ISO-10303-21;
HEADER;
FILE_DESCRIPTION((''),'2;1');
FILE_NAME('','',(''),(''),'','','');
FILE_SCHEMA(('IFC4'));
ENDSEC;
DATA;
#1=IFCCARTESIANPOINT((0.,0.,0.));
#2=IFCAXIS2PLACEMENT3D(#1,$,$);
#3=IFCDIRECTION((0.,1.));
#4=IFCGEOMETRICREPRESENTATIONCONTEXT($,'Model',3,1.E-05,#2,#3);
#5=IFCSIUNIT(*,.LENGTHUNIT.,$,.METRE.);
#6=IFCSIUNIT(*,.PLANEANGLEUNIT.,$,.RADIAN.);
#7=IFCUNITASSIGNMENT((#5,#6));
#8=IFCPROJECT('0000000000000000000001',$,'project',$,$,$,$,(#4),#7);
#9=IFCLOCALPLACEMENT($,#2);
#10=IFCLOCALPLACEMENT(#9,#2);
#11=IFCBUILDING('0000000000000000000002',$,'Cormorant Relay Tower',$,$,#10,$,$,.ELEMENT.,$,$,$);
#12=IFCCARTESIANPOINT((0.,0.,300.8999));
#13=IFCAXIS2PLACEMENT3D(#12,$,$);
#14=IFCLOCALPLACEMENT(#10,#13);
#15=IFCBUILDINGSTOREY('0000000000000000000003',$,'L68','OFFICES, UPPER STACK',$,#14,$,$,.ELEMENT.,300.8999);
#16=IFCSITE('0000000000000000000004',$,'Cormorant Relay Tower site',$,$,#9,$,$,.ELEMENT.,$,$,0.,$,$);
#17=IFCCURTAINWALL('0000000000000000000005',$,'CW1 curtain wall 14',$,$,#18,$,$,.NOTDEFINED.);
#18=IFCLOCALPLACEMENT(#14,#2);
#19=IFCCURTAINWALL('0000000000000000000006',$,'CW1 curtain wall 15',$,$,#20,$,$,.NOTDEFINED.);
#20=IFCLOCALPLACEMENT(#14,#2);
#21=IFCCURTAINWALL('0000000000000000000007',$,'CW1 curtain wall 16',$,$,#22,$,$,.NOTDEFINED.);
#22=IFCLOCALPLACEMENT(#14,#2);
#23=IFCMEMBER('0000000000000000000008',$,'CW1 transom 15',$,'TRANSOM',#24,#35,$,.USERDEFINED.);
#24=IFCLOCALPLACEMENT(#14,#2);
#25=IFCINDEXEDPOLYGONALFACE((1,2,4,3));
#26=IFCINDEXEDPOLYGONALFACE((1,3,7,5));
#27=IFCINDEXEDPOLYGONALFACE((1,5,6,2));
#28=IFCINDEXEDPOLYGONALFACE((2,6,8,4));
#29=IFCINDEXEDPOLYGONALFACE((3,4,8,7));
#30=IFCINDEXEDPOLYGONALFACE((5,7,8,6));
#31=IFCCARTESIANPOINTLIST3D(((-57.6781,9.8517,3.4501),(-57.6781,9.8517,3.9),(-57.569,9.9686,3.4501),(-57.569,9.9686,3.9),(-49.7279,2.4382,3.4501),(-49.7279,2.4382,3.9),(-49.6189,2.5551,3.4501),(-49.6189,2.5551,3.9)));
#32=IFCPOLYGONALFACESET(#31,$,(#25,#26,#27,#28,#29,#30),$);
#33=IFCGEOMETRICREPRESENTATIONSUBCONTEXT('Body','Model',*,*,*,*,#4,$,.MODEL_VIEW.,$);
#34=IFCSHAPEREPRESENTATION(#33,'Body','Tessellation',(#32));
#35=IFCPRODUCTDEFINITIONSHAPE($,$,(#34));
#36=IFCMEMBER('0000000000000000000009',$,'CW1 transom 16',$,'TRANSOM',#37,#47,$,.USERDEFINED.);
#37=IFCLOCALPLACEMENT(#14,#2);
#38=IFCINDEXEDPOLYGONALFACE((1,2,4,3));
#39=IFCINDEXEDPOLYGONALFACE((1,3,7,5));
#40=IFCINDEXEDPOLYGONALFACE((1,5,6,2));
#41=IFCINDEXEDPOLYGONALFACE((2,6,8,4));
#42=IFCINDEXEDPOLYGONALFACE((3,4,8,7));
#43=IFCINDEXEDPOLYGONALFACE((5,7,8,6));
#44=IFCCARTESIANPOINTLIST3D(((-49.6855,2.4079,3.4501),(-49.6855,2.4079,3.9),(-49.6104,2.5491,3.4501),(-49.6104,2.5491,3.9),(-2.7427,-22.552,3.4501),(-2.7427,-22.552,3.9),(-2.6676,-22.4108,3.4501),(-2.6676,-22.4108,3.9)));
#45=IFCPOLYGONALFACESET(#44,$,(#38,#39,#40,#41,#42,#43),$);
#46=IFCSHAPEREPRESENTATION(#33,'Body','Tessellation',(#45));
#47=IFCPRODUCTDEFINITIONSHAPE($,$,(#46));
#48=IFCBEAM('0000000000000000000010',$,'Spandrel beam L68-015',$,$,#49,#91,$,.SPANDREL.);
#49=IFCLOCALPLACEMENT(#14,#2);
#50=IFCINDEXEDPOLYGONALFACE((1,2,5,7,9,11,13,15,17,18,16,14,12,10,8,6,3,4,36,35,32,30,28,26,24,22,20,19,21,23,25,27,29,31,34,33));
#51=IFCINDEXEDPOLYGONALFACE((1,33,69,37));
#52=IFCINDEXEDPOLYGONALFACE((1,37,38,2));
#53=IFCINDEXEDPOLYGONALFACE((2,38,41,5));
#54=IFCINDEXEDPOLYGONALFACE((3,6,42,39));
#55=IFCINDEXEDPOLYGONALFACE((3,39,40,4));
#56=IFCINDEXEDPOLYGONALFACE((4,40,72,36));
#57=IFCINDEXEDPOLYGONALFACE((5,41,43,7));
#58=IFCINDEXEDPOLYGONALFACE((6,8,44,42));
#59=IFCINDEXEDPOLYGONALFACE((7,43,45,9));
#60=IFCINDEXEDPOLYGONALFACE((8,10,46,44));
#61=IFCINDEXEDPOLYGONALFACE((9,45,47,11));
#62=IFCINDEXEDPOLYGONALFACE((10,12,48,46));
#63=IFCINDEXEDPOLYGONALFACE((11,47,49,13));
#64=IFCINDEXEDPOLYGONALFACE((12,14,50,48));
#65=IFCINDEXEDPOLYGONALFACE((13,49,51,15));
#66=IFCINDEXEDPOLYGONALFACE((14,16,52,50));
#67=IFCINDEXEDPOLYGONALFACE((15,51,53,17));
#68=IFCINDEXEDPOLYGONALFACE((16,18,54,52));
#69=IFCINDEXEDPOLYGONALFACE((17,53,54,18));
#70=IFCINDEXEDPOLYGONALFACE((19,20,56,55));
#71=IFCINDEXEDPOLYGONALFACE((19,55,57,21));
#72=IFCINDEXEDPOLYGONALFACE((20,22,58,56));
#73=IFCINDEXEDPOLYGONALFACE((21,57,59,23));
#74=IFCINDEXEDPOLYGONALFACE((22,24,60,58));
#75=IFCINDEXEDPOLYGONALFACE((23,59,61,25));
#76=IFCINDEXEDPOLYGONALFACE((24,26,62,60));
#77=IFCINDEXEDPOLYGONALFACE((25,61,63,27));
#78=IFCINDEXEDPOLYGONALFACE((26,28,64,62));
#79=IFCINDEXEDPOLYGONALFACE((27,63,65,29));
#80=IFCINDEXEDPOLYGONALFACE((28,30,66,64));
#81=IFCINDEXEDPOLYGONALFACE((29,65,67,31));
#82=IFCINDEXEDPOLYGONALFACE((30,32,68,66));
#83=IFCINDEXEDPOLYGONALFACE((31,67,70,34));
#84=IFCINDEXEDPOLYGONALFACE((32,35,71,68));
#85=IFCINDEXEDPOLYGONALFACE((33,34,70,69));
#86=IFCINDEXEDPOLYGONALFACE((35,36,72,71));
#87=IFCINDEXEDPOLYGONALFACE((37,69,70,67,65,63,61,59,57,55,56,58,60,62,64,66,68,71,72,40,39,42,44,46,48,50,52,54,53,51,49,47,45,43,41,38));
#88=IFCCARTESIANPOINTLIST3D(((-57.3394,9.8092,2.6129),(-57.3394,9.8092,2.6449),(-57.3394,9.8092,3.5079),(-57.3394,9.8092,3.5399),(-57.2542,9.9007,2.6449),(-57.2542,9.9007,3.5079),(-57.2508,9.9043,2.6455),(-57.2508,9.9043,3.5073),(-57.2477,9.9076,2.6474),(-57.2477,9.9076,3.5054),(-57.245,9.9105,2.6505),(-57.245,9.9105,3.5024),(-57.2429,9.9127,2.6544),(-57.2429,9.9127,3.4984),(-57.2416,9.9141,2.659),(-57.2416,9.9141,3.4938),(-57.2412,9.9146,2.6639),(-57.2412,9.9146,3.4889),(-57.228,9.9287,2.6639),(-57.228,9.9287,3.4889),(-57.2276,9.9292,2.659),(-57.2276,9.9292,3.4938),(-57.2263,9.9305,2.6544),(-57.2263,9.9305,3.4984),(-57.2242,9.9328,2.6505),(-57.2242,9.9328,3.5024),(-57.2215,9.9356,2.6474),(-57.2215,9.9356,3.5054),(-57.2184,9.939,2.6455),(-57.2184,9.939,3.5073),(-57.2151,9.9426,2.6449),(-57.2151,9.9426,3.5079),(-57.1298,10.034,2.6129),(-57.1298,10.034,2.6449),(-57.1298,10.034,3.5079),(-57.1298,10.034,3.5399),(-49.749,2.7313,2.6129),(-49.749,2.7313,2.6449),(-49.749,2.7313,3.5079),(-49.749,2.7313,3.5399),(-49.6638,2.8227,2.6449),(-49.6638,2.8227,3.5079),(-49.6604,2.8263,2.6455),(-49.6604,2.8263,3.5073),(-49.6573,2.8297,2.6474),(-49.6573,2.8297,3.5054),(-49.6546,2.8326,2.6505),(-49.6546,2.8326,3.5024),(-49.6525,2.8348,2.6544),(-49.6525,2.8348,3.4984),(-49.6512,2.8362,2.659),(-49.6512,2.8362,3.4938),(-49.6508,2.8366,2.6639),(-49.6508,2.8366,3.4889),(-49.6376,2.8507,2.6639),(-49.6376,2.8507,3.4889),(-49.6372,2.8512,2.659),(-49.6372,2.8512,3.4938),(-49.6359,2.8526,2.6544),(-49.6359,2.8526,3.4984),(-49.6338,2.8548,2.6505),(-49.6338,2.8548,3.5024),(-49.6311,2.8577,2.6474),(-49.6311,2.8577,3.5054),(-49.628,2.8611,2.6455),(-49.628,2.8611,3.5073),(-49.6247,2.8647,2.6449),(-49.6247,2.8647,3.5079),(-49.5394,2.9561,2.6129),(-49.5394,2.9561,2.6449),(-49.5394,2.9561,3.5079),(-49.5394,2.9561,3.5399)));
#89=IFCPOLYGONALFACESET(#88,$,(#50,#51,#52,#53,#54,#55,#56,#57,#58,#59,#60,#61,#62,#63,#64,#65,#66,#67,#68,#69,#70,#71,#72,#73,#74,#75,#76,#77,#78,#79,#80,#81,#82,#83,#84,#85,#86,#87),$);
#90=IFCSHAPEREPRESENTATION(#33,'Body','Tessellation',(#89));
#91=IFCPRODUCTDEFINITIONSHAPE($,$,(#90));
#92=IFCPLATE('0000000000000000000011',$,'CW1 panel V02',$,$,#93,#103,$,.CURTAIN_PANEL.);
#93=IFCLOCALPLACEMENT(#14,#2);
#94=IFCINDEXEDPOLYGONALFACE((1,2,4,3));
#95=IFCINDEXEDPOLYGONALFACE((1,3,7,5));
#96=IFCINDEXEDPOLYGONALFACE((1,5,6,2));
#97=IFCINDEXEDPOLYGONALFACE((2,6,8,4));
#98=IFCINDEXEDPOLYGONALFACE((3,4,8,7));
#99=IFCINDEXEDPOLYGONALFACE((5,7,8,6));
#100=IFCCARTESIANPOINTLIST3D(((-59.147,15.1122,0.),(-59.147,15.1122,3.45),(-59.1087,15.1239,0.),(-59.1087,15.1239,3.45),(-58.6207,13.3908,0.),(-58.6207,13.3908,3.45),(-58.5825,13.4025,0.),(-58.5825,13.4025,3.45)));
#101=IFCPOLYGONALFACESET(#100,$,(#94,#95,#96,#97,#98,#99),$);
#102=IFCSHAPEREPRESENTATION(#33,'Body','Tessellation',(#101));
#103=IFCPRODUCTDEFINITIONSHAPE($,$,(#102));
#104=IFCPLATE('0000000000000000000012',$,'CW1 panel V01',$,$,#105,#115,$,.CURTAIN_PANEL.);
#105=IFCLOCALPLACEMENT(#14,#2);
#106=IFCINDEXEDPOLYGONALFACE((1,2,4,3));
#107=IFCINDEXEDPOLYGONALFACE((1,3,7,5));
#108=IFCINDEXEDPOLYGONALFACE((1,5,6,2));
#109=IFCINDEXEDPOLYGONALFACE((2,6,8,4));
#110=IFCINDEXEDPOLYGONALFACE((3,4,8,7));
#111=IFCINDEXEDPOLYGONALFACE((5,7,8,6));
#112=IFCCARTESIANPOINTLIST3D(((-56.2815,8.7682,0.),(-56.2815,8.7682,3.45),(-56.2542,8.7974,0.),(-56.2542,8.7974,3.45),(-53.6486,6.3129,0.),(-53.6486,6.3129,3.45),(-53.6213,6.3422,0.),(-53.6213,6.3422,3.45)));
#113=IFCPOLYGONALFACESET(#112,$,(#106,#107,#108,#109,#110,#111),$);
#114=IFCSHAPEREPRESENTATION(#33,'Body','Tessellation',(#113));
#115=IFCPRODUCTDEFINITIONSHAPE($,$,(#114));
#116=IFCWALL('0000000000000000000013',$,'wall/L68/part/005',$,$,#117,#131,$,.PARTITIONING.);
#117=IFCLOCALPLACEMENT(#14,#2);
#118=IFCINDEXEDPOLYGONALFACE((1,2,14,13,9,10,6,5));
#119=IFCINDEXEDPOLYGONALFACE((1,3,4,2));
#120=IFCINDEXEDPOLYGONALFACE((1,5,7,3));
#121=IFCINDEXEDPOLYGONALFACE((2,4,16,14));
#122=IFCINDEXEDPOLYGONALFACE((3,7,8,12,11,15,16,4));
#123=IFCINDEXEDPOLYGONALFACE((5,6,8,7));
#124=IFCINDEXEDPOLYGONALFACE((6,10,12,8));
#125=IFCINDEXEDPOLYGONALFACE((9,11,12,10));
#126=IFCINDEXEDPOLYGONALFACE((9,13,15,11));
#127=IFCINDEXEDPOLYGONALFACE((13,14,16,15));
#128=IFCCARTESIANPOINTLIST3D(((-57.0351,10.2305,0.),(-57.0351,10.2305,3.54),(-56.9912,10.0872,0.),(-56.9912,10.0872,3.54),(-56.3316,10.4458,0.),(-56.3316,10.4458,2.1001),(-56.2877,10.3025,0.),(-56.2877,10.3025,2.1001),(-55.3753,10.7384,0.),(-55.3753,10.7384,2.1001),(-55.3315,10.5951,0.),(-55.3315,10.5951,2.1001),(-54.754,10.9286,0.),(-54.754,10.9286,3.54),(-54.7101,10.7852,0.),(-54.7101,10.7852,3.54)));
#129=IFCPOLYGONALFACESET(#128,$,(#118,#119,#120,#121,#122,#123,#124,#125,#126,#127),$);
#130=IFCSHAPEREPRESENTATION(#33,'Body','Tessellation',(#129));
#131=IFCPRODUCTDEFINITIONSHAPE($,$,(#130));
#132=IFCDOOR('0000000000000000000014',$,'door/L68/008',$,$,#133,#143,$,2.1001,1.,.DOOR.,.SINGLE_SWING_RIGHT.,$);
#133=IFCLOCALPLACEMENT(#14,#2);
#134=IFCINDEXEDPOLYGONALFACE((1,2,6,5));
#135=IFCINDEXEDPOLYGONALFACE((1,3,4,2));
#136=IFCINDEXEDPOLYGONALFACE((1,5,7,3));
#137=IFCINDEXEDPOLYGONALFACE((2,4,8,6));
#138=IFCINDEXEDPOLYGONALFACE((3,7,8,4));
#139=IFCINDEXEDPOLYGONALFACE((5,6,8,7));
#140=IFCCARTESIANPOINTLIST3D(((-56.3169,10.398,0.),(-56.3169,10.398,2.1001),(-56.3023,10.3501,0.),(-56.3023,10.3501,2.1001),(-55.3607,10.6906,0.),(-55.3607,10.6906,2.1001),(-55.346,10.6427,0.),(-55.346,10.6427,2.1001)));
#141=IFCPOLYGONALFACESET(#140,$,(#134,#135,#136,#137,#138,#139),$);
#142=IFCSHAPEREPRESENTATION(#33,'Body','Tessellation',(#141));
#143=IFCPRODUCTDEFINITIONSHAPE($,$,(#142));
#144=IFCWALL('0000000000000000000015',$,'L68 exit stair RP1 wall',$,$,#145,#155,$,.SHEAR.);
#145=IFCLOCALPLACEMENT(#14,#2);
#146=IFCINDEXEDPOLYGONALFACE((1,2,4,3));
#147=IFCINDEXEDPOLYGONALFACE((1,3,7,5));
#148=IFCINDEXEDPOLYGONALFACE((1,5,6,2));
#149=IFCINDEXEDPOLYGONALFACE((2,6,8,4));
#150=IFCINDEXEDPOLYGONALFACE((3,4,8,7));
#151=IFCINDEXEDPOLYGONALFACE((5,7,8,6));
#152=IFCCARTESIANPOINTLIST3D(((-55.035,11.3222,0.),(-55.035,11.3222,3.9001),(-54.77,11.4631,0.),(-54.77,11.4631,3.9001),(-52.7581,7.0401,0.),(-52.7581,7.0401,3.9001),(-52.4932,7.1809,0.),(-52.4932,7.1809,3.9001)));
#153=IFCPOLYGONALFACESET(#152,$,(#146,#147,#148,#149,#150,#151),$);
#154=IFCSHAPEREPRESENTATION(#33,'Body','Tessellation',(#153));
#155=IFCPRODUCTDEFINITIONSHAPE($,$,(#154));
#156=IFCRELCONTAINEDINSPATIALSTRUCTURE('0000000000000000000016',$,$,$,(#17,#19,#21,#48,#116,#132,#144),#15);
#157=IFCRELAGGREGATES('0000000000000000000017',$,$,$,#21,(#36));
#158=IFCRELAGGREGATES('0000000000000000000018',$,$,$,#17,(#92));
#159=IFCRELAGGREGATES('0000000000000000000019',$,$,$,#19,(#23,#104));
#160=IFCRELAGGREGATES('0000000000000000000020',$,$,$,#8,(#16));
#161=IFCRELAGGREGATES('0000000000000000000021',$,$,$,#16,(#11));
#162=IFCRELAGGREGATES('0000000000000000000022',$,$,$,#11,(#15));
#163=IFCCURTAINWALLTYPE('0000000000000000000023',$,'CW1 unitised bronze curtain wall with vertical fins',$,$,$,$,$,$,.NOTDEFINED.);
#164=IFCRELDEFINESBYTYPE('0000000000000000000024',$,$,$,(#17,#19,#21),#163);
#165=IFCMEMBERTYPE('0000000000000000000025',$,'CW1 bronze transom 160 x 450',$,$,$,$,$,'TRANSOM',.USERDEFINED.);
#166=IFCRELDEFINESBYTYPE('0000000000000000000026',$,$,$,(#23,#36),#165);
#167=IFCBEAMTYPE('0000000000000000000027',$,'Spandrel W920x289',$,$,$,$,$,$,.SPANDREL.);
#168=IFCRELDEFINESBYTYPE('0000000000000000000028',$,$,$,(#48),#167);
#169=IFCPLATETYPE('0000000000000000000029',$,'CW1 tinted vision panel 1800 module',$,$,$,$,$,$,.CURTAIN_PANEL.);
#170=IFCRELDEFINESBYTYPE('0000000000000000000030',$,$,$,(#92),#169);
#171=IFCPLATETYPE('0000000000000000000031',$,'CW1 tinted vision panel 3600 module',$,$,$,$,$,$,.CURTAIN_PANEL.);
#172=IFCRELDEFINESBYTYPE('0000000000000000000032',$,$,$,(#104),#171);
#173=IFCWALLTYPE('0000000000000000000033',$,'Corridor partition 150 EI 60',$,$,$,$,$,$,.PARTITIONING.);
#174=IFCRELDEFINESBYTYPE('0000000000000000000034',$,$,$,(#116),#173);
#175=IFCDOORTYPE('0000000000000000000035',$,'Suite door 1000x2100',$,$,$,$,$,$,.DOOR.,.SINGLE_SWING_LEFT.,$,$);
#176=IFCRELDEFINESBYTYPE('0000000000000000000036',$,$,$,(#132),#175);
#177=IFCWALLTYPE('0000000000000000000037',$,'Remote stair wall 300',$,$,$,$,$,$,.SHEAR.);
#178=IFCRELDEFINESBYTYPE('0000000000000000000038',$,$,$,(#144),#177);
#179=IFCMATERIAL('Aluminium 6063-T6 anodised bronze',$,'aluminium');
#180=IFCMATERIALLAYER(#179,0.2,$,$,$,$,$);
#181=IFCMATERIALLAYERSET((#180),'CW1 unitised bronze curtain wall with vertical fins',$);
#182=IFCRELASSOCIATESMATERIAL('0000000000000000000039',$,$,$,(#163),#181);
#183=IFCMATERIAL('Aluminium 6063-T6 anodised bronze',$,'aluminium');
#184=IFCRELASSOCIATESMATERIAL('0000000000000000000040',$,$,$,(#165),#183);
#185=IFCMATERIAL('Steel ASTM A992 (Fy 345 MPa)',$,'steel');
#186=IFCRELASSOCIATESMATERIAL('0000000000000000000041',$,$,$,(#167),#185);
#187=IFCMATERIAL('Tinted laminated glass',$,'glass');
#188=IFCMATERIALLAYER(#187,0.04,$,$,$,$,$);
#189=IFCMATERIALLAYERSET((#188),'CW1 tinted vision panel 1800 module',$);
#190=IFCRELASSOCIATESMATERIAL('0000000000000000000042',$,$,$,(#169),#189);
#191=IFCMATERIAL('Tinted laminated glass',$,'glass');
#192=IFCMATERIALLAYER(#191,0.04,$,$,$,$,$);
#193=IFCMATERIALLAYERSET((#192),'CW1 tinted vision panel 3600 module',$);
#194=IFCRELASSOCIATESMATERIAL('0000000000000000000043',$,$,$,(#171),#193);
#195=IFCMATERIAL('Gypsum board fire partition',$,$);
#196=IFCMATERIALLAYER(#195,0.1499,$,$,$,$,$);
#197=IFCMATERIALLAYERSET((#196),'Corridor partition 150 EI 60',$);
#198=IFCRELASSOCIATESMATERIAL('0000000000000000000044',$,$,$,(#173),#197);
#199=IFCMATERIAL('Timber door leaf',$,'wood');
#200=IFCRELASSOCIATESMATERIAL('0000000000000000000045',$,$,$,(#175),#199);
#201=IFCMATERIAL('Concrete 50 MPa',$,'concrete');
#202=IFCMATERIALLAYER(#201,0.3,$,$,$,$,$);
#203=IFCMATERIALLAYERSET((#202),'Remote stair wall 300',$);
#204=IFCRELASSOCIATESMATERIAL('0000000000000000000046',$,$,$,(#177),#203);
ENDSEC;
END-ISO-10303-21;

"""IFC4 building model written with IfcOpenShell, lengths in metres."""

from ifc_helpers import new_model, si_unit, direction, frame, frame_2d, origin, origin_2d, place, context, subcontext, project, spatial, rectangle, i_section, extrude, material, layer, layer_set, material_profile, profile_set, type_object, element, fill, aggregate, save


model = new_model("IFC4")

# Units and contexts
model_context = context("Model", 3, precision=1e-05, world=origin(), true_north=direction((0.0, 1.0)))
body_context = subcontext(model_context, "Body", "Model", "MODEL_VIEW")
ifc_project = project(units=[si_unit("LENGTHUNIT", "METRE"), si_unit("PLANEANGLEUNIT", "RADIAN")], contexts=[model_context])

# Site, building, storey
site_placement = place(None, origin())
site = spatial("IfcSite", under=ifc_project, at=site_placement, Name="Cormorant Relay Tower site", CompositionType="ELEMENT", RefElevation=0.0)
building_placement = place(site_placement, origin())
building = spatial("IfcBuilding", under=site, at=building_placement, Name="Cormorant Relay Tower", CompositionType="ELEMENT")
storey_placement = place(building_placement, frame((0.0, 0.0, 300.8999)))
storey = spatial("IfcBuildingStorey", under=building, at=storey_placement, Name="L68", Description="OFFICES, UPPER STACK", CompositionType="ELEMENT", Elevation=300.8999)

# Curtain wall
ifc_material_1 = material(Name="Aluminium 6063-T6 anodised bronze", Category="aluminium")
ifc_layer_1 = layer(ifc_material_1, 0.2)
ifc_layer_set_1 = layer_set([ifc_layer_1], Name="CW1 unitised bronze curtain wall with vertical fins")
curtain_wall_type = type_object("IfcCurtainWallType", Name="CW1 unitised bronze curtain wall with vertical fins", PredefinedType="NOTDEFINED", material=ifc_layer_set_1)
curtain_wall_1_placement = place(storey_placement, origin())
curtain_wall_1 = element("IfcCurtainWall", 1, at=curtain_wall_1_placement, inside=storey, type_object=curtain_wall_type, Name="CW1 curtain wall 14", PredefinedType="NOTDEFINED")

# Curtain wall
curtain_wall_2_placement = place(storey_placement, origin())
curtain_wall_2 = element("IfcCurtainWall", 2, at=curtain_wall_2_placement, inside=storey, type_object=curtain_wall_type, Name="CW1 curtain wall 15", PredefinedType="NOTDEFINED")

# Curtain wall
curtain_wall_3_placement = place(storey_placement, origin())
curtain_wall_3 = element("IfcCurtainWall", 3, at=curtain_wall_3_placement, inside=storey, type_object=curtain_wall_type, Name="CW1 curtain wall 16", PredefinedType="NOTDEFINED")

# Members
ifc_material_2 = material(Name="Aluminium 6063-T6 anodised bronze", Category="aluminium")
ifc_material_profile_1 = material_profile(ifc_material_2, rectangle(XDim=0.1599, YDim=0.45, at=origin_2d()), Name="AL 160x450")
ifc_profile_set_1 = profile_set([ifc_material_profile_1], Name="Aluminium 6063-T6 anodised bronze")
member_type_1 = type_object("IfcMemberType", Name="CW1 bronze transom 160 x 450", ElementType="TRANSOM", PredefinedType="USERDEFINED", material=ifc_profile_set_1)
member_1_placement = place(storey_placement, frame((-57.6235, 9.9102, 3.675), z_axis=(0.731358, -0.681993, 0.0), x_axis=(0.681993, 0.731358, 0.0)))
member_1 = element("IfcMember", 4, at=member_1_placement, type_object=member_type_1, Name="CW1 transom 15", ObjectType="TRANSOM", PredefinedType="USERDEFINED", context=body_context, shape_type="SweptSolid", body=[
    extrude(rectangle(XDim=0.1599, YDim=0.45, at=origin_2d()), origin(), (0.0, 0.0, 1.0), 10.8704),
])
member_2_placement = place(storey_placement, frame((-49.6479, 2.4785, 3.675), z_axis=(0.882948, -0.469471, 0.0), x_axis=(0.469471, 0.882948, 0.0)))
member_2 = element("IfcMember", 5, at=member_2_placement, type_object=member_type_1, Name="CW1 transom 16", ObjectType="TRANSOM", PredefinedType="USERDEFINED", context=body_context, shape_type="SweptSolid", body=[
    extrude(rectangle(XDim=0.1599, YDim=0.45, at=origin_2d()), origin(), (0.0, 0.0, 1.0), 53.166),
])
aggregate(curtain_wall_3, [member_2])

# Beam
ifc_material_3 = material(Name="Steel ASTM A992 (Fy 345 MPa)", Category="steel")
ifc_material_profile_2 = material_profile(ifc_material_3, i_section(OverallWidth=0.3074, OverallDepth=0.927, WebThickness=0.0193, FlangeThickness=0.032, FilletRadius=0.019, at=origin_2d()), Name="W920x289")
ifc_profile_set_2 = profile_set([ifc_material_profile_2], Name="Steel ASTM A992 (Fy 345 MPa)")
beam_type = type_object("IfcBeamType", Name="Spandrel W920x289", PredefinedType="SPANDREL", material=ifc_profile_set_2)
beam_placement = place(storey_placement, frame((-57.2346, 9.9216, 3.0764), z_axis=(0.731364, -0.681987, 0.0), x_axis=(0.681987, 0.731364, 0.0)))
element("IfcBeam", 6, at=beam_placement, inside=storey, type_object=beam_type, Name="Spandrel beam L68-015", PredefinedType="SPANDREL", context=body_context, shape_type="SweptSolid", body=[
    extrude(i_section(OverallWidth=0.3074, OverallDepth=0.927, WebThickness=0.0193, FlangeThickness=0.032, FilletRadius=0.019, at=origin_2d()), origin(), (0.0, 0.0, 1.0), 10.3784),
])

# Plates
ifc_material_4 = material(Name="Tinted laminated glass", Category="glass")
ifc_layer_2 = layer(ifc_material_4, 0.04)
ifc_layer_set_2 = layer_set([ifc_layer_2], Name="CW1 tinted vision panel 1800 module")
plate_type_1 = type_object("IfcPlateType", Name="CW1 tinted vision panel 1800 module", PredefinedType="CURTAIN_PANEL", material=ifc_layer_set_2)
plate_1_placement = place(storey_placement, frame((-58.8647, 14.2573, 0.0), z_axis=(0.0, 0.0, 1.0), x_axis=(0.292372, -0.956305, 0.0)))
plate_1 = element("IfcPlate", 7, at=plate_1_placement, type_object=plate_type_1, Name="CW1 panel V02", PredefinedType="CURTAIN_PANEL", context=body_context, shape_type="SweptSolid", body=[
    extrude(rectangle(XDim=1.8, YDim=0.04, at=origin_2d()), origin(), (0.0, 0.0, 1.0), 3.45),
])
ifc_material_5 = material(Name="Tinted laminated glass", Category="glass")
ifc_layer_3 = layer(ifc_material_5, 0.04)
ifc_layer_set_3 = layer_set([ifc_layer_3], Name="CW1 tinted vision panel 3600 module")
plate_type_2 = type_object("IfcPlateType", Name="CW1 tinted vision panel 3600 module", PredefinedType="CURTAIN_PANEL", material=ifc_layer_set_3)
plate_2_placement = place(storey_placement, frame((-54.9514, 7.5552, 0.0), z_axis=(0.0, 0.0, 1.0), x_axis=(0.731354, -0.681998, 0.0)))
plate_2 = element("IfcPlate", 8, at=plate_2_placement, type_object=plate_type_2, Name="CW1 panel V01", PredefinedType="CURTAIN_PANEL", context=body_context, shape_type="SweptSolid", body=[
    extrude(rectangle(XDim=3.6001, YDim=0.04, at=origin_2d()), origin(), (0.0, 0.0, 1.0), 3.45),
])

# Wall, opening, door
ifc_material_6 = material(Name="Gypsum board fire partition")
ifc_layer_4 = layer(ifc_material_6, 0.1499)
ifc_layer_set_4 = layer_set([ifc_layer_4], Name="Corridor partition 150 EI 60")
wall_type_1 = type_object("IfcWallType", Name="Corridor partition 150 EI 60", PredefinedType="PARTITIONING", material=ifc_layer_set_4)
wall_1_placement = place(storey_placement, frame((-54.7319, 10.8569, 0.0), z_axis=(0.0, 0.0, 1.0), x_axis=(-0.956232, -0.292611, 0.0)))
wall_1 = element("IfcWall", 9, at=wall_1_placement, inside=storey, type_object=wall_type_1, Name="wall/L68/part/005", PredefinedType="PARTITIONING", context=body_context, shape_type="SweptSolid", body=[
    extrude(rectangle(XDim=2.3855, YDim=0.1499, at=frame_2d((1.1929, 0.0))), origin(), (0.0, 0.0, 1.0), 3.54),
])
opening_1_placement = place(wall_1_placement, frame((0.6499, 0.0, 0.0)))
opening_1 = element("IfcOpeningElement", 10, at=opening_1_placement, cuts=wall_1, PredefinedType="OPENING", context=body_context, shape_type="SweptSolid", body=[
    extrude(rectangle(XDim=1.0, YDim=2.1001, at=frame_2d((0.5, 1.05))), frame((0.0, 0.085, 0.0), z_axis=(0.0, -1.0, 0.0), x_axis=(1.0, 0.0, 0.0)), (0.0, 0.0, 1.0), 0.1699),
])
ifc_material_7 = material(Name="Timber door leaf", Category="wood")
door_type_1 = type_object("IfcDoorType", Name="Suite door 1000x2100", OperationType="SINGLE_SWING_LEFT", PredefinedType="DOOR", material=ifc_material_7)
door_1_placement = place(opening_1_placement, frame((1.0, 0.0, 0.0), z_axis=(0.0, 0.0, 1.0), x_axis=(-1.0, 0.0, 0.0)))
door_1 = element("IfcDoor", 11, at=door_1_placement, inside=storey, type_object=door_type_1, Name="door/L68/008", OperationType="SINGLE_SWING_RIGHT", OverallHeight=2.1001, OverallWidth=1.0, PredefinedType="DOOR", context=body_context, shape_type="SweptSolid", body=[
    extrude(rectangle(XDim=1.0, YDim=2.1001, at=frame_2d((0.5, 1.05))), frame((0.0, 0.0249, 0.0), z_axis=(0.0, -1.0, 0.0), x_axis=(1.0, 0.0, 0.0)), (0.0, 0.0, 1.0), 0.05),
])
fill(opening_1, door_1)

# Wall
ifc_material_8 = material(Name="Concrete 50 MPa", Category="concrete")
ifc_layer_5 = layer(ifc_material_8, 0.3)
ifc_layer_set_5 = layer_set([ifc_layer_5], Name="Remote stair wall 300")
wall_type_2 = type_object("IfcWallType", Name="Remote stair wall 300", PredefinedType="SHEAR", material=ifc_layer_set_5)
wall_2_placement = place(storey_placement, frame((-52.6257, 7.1106, 0.0), z_axis=(0.0, 0.0, 1.0), x_axis=(-0.469464, 0.882951, 0.0)))
element("IfcWall", 12, at=wall_2_placement, inside=storey, type_object=wall_type_2, Name="L68 exit stair RP1 wall", PredefinedType="SHEAR", context=body_context, shape_type="SweptSolid", body=[
    extrude(rectangle(XDim=4.8499, YDim=0.3, at=frame_2d((2.4248, 0.0))), origin(), (0.0, 0.0, 1.0), 3.9001),
])

aggregate(curtain_wall_1, [plate_1])
aggregate(curtain_wall_2, [member_1, plate_2])

save(model, "model.ifc")
